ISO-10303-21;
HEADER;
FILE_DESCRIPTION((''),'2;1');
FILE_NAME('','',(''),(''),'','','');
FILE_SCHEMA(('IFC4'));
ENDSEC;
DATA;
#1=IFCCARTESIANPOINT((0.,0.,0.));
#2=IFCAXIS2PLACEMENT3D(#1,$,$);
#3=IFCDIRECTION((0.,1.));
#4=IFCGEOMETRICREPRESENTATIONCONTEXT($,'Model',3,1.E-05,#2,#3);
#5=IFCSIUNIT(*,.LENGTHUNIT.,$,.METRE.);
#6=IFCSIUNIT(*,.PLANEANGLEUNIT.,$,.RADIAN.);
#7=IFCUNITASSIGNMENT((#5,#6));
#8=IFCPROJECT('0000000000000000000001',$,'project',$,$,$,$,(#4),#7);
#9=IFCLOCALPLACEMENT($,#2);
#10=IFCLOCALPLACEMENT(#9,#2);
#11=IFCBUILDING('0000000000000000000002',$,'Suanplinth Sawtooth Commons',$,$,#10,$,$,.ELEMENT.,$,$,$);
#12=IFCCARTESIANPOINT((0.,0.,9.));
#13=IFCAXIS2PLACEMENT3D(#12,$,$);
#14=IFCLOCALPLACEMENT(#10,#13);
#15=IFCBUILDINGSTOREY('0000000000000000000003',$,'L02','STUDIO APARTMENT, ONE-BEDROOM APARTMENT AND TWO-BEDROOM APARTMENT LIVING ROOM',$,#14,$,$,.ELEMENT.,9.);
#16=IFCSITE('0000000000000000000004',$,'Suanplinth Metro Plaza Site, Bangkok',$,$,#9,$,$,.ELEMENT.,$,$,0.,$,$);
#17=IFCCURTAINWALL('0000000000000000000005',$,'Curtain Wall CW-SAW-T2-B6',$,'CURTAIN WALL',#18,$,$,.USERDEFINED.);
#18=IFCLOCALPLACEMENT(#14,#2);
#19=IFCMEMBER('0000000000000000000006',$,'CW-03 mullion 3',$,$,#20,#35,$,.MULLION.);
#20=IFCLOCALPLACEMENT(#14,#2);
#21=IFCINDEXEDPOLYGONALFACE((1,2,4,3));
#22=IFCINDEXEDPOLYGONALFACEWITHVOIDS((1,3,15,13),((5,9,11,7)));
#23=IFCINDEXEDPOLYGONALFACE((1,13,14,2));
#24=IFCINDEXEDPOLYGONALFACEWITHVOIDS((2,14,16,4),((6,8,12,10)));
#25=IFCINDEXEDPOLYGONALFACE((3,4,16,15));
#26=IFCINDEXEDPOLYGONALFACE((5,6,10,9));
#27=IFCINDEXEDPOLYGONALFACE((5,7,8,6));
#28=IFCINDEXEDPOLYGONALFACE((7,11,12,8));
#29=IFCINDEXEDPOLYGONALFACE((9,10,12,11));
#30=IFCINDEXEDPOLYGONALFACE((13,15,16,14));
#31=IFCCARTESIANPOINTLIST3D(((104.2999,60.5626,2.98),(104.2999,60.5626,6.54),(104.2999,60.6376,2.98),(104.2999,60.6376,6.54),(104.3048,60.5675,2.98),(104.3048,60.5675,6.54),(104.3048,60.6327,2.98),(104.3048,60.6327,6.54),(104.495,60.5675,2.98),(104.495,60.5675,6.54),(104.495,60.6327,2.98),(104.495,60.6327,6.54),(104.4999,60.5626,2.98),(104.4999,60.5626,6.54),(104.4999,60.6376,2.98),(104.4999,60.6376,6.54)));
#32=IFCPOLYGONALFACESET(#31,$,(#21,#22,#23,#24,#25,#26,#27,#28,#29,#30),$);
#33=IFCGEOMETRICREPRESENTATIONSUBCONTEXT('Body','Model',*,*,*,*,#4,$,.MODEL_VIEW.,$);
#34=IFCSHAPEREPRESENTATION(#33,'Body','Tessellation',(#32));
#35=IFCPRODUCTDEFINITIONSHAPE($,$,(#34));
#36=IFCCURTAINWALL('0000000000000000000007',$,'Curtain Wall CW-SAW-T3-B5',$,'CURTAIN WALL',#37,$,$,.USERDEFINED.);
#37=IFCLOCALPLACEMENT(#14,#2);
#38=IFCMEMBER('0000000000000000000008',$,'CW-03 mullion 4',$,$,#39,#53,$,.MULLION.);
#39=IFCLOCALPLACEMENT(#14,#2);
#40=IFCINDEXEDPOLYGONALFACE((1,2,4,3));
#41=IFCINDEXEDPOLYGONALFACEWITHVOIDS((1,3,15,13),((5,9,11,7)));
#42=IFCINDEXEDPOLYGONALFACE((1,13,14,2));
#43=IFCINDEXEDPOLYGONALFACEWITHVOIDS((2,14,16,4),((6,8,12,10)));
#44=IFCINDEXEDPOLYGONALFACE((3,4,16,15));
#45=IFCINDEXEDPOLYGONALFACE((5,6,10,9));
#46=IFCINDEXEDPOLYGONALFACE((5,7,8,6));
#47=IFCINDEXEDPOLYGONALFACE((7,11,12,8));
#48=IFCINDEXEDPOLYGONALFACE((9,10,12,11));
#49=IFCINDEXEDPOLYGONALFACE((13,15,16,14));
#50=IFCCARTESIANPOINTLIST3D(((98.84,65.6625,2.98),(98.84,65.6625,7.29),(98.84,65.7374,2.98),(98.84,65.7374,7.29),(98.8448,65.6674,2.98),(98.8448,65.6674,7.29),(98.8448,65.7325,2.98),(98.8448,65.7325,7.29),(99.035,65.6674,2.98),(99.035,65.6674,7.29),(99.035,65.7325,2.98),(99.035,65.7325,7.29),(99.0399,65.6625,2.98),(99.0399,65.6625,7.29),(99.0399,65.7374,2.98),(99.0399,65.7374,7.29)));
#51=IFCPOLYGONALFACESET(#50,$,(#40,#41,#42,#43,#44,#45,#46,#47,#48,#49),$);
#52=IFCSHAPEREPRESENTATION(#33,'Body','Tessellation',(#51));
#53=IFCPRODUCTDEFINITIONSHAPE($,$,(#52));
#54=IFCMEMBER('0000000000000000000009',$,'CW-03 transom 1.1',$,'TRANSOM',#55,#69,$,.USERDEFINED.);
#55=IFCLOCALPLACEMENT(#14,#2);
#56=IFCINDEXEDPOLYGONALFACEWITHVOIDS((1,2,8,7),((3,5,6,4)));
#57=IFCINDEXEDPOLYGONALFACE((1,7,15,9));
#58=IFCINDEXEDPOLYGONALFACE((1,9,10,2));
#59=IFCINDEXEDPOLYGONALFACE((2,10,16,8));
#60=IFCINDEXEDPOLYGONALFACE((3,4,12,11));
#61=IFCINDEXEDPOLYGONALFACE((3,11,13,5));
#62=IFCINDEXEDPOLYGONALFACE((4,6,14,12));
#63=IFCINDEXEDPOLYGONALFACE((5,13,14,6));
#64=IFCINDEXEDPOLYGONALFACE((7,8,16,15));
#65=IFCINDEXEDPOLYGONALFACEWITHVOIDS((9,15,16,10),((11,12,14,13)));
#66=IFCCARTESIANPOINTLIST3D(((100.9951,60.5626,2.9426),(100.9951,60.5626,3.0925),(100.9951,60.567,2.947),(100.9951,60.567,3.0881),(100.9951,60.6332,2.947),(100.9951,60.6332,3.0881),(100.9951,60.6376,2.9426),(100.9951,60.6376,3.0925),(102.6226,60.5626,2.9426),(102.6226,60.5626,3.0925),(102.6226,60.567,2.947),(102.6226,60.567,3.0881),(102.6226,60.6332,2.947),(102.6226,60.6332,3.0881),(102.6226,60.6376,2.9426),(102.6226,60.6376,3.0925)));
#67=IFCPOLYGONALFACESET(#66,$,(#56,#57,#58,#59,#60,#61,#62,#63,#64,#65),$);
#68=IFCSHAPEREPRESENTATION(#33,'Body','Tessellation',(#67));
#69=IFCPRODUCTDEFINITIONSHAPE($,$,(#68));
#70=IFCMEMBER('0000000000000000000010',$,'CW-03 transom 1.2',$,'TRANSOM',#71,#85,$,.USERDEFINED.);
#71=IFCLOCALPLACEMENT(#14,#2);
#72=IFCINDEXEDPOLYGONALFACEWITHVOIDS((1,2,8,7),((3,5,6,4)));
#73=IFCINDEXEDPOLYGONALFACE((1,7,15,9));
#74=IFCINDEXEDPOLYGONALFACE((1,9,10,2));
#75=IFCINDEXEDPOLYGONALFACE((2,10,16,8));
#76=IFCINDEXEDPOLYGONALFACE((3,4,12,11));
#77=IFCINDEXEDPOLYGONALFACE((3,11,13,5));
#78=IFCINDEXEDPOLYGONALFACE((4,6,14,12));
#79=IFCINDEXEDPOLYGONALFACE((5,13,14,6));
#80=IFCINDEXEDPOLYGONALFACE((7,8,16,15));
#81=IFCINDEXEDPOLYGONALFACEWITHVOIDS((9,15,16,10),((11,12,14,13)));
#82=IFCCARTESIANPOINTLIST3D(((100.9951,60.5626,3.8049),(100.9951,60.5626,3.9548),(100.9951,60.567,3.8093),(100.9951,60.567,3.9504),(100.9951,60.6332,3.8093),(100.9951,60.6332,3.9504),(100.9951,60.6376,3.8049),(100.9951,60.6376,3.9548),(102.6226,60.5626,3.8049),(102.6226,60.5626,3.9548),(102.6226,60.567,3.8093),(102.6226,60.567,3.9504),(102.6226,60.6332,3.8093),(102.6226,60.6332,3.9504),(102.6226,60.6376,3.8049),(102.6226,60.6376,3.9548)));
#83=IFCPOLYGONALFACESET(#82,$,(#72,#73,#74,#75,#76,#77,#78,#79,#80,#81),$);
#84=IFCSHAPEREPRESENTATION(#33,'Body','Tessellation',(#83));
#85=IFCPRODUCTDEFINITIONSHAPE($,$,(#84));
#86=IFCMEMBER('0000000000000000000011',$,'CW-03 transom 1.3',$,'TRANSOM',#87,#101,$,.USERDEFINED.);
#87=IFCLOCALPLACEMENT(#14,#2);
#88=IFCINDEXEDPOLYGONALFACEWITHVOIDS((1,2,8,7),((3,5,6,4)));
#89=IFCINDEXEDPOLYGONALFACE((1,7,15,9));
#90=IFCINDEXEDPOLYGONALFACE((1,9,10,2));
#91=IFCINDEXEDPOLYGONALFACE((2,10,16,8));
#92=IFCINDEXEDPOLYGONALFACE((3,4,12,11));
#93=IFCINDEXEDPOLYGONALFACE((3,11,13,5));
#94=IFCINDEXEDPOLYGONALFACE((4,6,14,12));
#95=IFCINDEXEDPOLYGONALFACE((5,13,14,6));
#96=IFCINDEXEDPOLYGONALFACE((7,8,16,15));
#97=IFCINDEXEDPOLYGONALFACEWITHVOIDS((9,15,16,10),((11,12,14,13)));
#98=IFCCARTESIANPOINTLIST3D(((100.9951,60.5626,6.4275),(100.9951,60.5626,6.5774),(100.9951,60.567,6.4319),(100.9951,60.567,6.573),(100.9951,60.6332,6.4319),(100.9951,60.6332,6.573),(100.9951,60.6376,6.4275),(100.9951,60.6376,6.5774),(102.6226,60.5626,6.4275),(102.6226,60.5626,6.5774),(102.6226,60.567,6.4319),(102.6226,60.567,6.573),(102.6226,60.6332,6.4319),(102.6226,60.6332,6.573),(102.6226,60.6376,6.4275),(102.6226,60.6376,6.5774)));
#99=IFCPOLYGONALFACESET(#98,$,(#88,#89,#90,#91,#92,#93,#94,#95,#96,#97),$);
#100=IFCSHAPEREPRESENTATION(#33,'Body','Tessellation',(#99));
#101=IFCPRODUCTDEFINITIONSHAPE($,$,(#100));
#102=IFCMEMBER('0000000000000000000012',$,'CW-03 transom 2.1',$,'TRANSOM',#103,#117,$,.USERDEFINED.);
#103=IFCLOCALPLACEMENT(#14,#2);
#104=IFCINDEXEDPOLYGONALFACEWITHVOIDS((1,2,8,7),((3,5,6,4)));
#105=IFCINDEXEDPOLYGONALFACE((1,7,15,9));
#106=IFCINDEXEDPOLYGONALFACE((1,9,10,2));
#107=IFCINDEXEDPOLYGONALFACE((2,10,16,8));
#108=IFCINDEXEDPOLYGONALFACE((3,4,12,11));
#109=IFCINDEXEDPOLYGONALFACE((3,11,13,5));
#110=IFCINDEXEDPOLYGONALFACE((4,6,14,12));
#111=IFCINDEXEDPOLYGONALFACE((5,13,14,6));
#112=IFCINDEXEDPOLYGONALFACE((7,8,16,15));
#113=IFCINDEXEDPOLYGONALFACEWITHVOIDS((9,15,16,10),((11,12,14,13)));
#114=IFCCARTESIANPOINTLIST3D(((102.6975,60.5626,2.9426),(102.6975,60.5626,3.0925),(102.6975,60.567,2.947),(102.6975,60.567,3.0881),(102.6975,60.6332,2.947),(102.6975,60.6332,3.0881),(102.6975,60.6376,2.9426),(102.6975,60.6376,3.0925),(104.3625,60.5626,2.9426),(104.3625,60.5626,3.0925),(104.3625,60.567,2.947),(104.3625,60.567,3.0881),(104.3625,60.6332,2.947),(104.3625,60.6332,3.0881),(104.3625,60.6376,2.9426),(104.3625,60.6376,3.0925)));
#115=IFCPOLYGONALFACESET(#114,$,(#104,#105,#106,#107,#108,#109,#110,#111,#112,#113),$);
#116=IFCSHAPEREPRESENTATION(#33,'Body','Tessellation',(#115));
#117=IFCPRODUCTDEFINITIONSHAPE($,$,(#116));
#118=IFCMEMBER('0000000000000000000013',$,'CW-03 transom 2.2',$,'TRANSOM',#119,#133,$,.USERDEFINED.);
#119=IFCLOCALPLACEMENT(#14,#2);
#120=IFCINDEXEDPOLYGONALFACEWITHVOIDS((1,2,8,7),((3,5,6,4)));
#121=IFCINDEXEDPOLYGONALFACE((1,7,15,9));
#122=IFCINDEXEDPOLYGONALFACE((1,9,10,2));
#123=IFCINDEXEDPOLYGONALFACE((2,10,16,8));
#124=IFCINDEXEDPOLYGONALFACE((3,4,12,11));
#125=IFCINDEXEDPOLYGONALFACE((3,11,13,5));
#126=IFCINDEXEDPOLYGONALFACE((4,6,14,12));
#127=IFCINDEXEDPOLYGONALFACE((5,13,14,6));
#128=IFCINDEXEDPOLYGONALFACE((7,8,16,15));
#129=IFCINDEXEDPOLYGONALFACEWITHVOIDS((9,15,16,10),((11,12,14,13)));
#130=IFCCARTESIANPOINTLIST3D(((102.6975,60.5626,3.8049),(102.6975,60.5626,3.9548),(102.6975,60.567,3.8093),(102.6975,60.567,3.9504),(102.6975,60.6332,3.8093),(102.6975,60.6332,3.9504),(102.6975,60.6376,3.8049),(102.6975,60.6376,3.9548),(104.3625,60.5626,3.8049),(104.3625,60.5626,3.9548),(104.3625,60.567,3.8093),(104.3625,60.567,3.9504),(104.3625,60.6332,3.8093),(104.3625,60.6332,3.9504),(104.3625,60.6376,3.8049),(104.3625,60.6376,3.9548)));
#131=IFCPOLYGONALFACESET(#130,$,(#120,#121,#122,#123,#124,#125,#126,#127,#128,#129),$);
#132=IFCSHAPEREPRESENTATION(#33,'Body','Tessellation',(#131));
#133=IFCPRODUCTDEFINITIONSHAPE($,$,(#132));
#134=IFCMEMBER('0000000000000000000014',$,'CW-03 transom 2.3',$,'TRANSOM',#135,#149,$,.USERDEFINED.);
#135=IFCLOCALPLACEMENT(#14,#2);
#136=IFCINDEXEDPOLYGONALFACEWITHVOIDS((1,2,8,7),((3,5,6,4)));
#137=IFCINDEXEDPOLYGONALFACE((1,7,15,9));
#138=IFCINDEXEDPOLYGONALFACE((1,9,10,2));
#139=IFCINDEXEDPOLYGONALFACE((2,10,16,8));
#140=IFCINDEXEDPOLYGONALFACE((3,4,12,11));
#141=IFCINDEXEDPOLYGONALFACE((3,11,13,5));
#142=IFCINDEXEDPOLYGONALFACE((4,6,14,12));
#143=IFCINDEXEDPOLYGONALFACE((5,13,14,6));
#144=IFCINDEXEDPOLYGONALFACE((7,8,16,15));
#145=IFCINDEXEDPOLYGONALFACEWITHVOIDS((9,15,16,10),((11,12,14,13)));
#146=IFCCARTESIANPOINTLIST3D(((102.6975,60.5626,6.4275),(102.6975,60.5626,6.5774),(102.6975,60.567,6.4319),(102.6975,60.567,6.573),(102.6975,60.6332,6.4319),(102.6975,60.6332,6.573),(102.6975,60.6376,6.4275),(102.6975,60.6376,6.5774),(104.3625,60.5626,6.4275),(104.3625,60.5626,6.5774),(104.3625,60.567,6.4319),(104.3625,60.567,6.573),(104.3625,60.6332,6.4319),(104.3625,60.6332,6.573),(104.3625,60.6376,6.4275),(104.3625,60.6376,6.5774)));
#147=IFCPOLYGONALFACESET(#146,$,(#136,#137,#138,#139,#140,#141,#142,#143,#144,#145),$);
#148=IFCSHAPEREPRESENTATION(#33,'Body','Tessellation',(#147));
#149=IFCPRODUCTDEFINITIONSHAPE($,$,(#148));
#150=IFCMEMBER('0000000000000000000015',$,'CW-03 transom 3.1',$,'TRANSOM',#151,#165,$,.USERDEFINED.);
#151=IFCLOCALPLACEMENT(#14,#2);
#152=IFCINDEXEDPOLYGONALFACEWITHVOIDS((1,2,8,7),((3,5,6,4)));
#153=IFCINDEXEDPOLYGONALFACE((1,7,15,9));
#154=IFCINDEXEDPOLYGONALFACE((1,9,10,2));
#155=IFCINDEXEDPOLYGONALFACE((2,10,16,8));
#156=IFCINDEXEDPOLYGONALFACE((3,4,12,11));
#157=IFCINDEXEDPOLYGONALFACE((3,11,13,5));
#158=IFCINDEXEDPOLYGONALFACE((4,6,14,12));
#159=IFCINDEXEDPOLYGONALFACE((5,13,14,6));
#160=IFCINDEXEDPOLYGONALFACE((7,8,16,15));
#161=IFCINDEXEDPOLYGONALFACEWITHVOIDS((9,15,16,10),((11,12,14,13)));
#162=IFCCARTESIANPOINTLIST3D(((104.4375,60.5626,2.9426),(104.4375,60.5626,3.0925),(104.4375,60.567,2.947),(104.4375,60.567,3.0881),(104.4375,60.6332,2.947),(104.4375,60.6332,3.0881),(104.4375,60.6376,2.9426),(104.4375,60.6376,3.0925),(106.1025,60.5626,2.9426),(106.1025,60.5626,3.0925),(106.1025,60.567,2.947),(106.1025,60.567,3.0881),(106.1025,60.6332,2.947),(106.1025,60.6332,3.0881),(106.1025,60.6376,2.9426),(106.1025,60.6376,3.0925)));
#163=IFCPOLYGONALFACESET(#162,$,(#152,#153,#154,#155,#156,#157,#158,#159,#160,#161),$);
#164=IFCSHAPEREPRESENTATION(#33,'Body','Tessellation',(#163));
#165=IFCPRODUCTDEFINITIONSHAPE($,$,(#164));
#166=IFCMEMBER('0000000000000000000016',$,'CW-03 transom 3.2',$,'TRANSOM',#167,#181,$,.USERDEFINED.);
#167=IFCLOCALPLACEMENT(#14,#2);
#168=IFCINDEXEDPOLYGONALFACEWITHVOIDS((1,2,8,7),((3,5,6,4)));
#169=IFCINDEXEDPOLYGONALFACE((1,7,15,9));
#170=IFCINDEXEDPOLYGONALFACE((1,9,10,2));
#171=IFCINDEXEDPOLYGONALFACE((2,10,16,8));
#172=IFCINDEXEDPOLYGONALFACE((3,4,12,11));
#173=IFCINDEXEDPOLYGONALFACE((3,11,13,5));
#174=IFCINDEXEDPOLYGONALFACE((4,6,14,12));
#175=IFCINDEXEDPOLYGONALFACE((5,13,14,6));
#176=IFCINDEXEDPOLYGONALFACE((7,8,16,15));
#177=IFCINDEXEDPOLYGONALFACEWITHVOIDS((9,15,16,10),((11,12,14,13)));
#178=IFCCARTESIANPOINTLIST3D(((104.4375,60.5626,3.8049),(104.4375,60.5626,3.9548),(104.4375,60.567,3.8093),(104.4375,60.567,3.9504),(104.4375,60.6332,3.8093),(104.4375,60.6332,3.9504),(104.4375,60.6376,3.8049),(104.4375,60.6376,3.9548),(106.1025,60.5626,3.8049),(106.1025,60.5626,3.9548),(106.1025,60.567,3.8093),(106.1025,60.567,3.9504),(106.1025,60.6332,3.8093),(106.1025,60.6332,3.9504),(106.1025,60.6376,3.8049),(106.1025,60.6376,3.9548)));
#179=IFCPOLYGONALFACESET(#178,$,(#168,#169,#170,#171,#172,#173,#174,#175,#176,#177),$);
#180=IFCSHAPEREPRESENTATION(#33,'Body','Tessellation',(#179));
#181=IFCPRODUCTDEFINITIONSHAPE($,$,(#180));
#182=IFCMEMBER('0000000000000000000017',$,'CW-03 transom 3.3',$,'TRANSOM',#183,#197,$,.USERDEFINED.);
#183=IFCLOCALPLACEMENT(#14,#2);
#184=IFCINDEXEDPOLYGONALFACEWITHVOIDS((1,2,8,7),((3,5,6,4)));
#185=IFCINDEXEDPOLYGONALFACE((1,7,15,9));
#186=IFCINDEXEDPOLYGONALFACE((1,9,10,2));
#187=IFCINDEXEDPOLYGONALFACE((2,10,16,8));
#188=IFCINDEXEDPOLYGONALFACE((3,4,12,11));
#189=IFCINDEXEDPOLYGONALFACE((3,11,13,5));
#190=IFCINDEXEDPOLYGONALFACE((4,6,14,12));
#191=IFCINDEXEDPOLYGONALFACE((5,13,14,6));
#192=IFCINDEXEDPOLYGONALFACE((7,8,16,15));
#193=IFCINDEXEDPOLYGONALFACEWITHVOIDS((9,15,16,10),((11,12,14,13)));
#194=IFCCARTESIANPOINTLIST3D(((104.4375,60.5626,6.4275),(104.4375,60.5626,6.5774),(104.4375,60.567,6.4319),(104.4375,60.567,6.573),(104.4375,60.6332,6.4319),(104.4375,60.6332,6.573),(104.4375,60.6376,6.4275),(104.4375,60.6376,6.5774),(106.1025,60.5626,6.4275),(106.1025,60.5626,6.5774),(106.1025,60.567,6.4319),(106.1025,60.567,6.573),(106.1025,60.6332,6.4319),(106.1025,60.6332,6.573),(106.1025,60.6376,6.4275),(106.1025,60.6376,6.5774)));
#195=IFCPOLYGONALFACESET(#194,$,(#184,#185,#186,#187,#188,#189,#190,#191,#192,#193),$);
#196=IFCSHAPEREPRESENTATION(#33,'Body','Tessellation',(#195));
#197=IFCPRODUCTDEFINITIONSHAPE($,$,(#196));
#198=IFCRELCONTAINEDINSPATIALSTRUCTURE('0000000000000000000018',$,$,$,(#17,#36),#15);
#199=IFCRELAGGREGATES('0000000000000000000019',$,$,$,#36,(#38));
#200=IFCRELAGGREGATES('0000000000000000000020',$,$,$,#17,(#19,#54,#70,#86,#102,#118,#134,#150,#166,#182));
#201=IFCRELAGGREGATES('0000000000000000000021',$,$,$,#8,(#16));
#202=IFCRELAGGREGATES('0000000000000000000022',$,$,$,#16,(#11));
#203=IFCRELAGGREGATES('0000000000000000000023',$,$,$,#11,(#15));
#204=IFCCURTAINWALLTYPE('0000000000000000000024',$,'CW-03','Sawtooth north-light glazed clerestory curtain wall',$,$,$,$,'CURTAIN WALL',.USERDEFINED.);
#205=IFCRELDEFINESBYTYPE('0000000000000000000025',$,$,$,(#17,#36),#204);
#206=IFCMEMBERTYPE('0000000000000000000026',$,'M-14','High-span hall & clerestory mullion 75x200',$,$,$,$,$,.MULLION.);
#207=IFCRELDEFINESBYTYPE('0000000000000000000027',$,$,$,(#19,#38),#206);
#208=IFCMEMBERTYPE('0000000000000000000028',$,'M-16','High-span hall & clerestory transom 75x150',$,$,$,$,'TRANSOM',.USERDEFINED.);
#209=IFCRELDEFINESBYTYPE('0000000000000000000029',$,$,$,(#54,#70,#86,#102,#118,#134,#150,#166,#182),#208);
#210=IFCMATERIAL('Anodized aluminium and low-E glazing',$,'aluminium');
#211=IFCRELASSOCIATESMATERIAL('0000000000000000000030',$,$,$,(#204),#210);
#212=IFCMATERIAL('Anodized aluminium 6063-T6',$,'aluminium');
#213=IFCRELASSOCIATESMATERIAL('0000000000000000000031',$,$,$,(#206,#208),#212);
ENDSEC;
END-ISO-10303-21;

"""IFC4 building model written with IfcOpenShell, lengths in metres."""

from ifc_helpers import new_model, si_unit, direction, frame, origin, origin_2d, place, context, subcontext, project, spatial, hollow_rectangle, extrude, material, material_profile, profile_set, type_object, element, aggregate, save


model = new_model("IFC4")

# Units and contexts
model_context = context("Model", 3, precision=1e-05, world=origin(), true_north=direction((0.0, 1.0)))
body_context = subcontext(model_context, "Body", "Model", "MODEL_VIEW")
ifc_project = project(units=[si_unit("LENGTHUNIT", "METRE"), si_unit("PLANEANGLEUNIT", "RADIAN")], contexts=[model_context])

# Site, building, storey
site_placement = place(None, origin())
site = spatial("IfcSite", under=ifc_project, at=site_placement, Name="Suanplinth Metro Plaza Site, Bangkok", CompositionType="ELEMENT", RefElevation=0.0)
building_placement = place(site_placement, origin())
building = spatial("IfcBuilding", under=site, at=building_placement, Name="Suanplinth Sawtooth Commons", CompositionType="ELEMENT")
storey_placement = place(building_placement, frame((0.0, 0.0, 9.0)))
storey = spatial("IfcBuildingStorey", under=building, at=storey_placement, Name="L02", Description="STUDIO APARTMENT, ONE-BEDROOM APARTMENT AND TWO-BEDROOM APARTMENT LIVING ROOM", CompositionType="ELEMENT", Elevation=9.0)

# Curtain wall, member
ifc_material_1 = material(Name="Anodized aluminium and low-E glazing", Category="aluminium")
curtain_wall_type = type_object("IfcCurtainWallType", Name="CW-03", Description="Sawtooth north-light glazed clerestory curtain wall", ElementType="CURTAIN WALL", PredefinedType="USERDEFINED", material=ifc_material_1)
curtain_wall_1_placement = place(storey_placement, origin())
curtain_wall_1 = element("IfcCurtainWall", 1, at=curtain_wall_1_placement, inside=storey, type_object=curtain_wall_type, Name="Curtain Wall CW-SAW-T2-B6", ObjectType="CURTAIN WALL", PredefinedType="USERDEFINED")
ifc_material_2 = material(Name="Anodized aluminium 6063-T6", Category="aluminium")
ifc_material_profile_1 = material_profile(ifc_material_2, hollow_rectangle(XDim=0.075, YDim=0.2, WallThickness=0.0049, at=origin_2d()), Name="ALU-MUL 75x200")
ifc_profile_set_1 = profile_set([ifc_material_profile_1], Name="Anodized aluminium 6063-T6")
member_type_1 = type_object("IfcMemberType", Name="M-14", Description="High-span hall & clerestory mullion 75x200", PredefinedType="MULLION", material=ifc_profile_set_1)
member_1_placement = place(storey_placement, frame((104.3999, 60.6001, 2.98), z_axis=(0.0, 0.0, 1.0), x_axis=(0.0, 1.0, 0.0)))
member_1 = element("IfcMember", 2, at=member_1_placement, type_object=member_type_1, Name="CW-03 mullion 3", PredefinedType="MULLION", context=body_context, shape_type="SweptSolid", body=[
    extrude(hollow_rectangle(XDim=0.075, YDim=0.2, WallThickness=0.0049, at=origin_2d()), origin(), (0.0, 0.0, 1.0), 3.5601),
])

# Curtain wall, member
curtain_wall_2_placement = place(storey_placement, origin())
curtain_wall_2 = element("IfcCurtainWall", 3, at=curtain_wall_2_placement, inside=storey, type_object=curtain_wall_type, Name="Curtain Wall CW-SAW-T3-B5", ObjectType="CURTAIN WALL", PredefinedType="USERDEFINED")
member_2_placement = place(storey_placement, frame((98.9399, 65.7, 2.98), z_axis=(0.0, 0.0, 1.0), x_axis=(0.0, 1.0, 0.0)))
member_2 = element("IfcMember", 4, at=member_2_placement, type_object=member_type_1, Name="CW-03 mullion 4", PredefinedType="MULLION", context=body_context, shape_type="SweptSolid", body=[
    extrude(hollow_rectangle(XDim=0.075, YDim=0.2, WallThickness=0.0049, at=origin_2d()), origin(), (0.0, 0.0, 1.0), 4.3101),
])

# Members
ifc_material_profile_2 = material_profile(ifc_material_2, hollow_rectangle(XDim=0.075, YDim=0.1499, WallThickness=0.0044, at=origin_2d()), Name="ALU-TRN 75x150")
ifc_profile_set_2 = profile_set([ifc_material_profile_2], Name="Anodized aluminium 6063-T6")
member_type_2 = type_object("IfcMemberType", Name="M-16", Description="High-span hall & clerestory transom 75x150", ElementType="TRANSOM", PredefinedType="USERDEFINED", material=ifc_profile_set_2)
member_3_placement = place(storey_placement, frame((100.9951, 60.6001, 3.0176), z_axis=(1.0, 0.0, 0.0), x_axis=(0.0, 1.0, 0.0)))
member_3 = element("IfcMember", 5, at=member_3_placement, type_object=member_type_2, Name="CW-03 transom 1.1", ObjectType="TRANSOM", PredefinedType="USERDEFINED", context=body_context, shape_type="SweptSolid", body=[
    extrude(hollow_rectangle(XDim=0.075, YDim=0.1499, WallThickness=0.0044, at=origin_2d()), origin(), (0.0, 0.0, 1.0), 1.6274),
])
member_4_placement = place(storey_placement, frame((100.9951, 60.6001, 3.8799), z_axis=(1.0, 0.0, 0.0), x_axis=(0.0, 1.0, 0.0)))
member_4 = element("IfcMember", 6, at=member_4_placement, type_object=member_type_2, Name="CW-03 transom 1.2", ObjectType="TRANSOM", PredefinedType="USERDEFINED", context=body_context, shape_type="SweptSolid", body=[
    extrude(hollow_rectangle(XDim=0.075, YDim=0.1499, WallThickness=0.0044, at=origin_2d()), origin(), (0.0, 0.0, 1.0), 1.6274),
])
member_5_placement = place(storey_placement, frame((100.9951, 60.6001, 6.5024), z_axis=(1.0, 0.0, 0.0), x_axis=(0.0, 1.0, 0.0)))
member_5 = element("IfcMember", 7, at=member_5_placement, type_object=member_type_2, Name="CW-03 transom 1.3", ObjectType="TRANSOM", PredefinedType="USERDEFINED", context=body_context, shape_type="SweptSolid", body=[
    extrude(hollow_rectangle(XDim=0.075, YDim=0.1499, WallThickness=0.0044, at=origin_2d()), origin(), (0.0, 0.0, 1.0), 1.6274),
])
member_6_placement = place(storey_placement, frame((102.6975, 60.6001, 3.0176), z_axis=(1.0, 0.0, 0.0), x_axis=(0.0, 1.0, 0.0)))
member_6 = element("IfcMember", 8, at=member_6_placement, type_object=member_type_2, Name="CW-03 transom 2.1", ObjectType="TRANSOM", PredefinedType="USERDEFINED", context=body_context, shape_type="SweptSolid", body=[
    extrude(hollow_rectangle(XDim=0.075, YDim=0.1499, WallThickness=0.0044, at=origin_2d()), origin(), (0.0, 0.0, 1.0), 1.665),
])
member_7_placement = place(storey_placement, frame((102.6975, 60.6001, 3.8799), z_axis=(1.0, 0.0, 0.0), x_axis=(0.0, 1.0, 0.0)))
member_7 = element("IfcMember", 9, at=member_7_placement, type_object=member_type_2, Name="CW-03 transom 2.2", ObjectType="TRANSOM", PredefinedType="USERDEFINED", context=body_context, shape_type="SweptSolid", body=[
    extrude(hollow_rectangle(XDim=0.075, YDim=0.1499, WallThickness=0.0044, at=origin_2d()), origin(), (0.0, 0.0, 1.0), 1.665),
])
member_8_placement = place(storey_placement, frame((102.6975, 60.6001, 6.5024), z_axis=(1.0, 0.0, 0.0), x_axis=(0.0, 1.0, 0.0)))
member_8 = element("IfcMember", 10, at=member_8_placement, type_object=member_type_2, Name="CW-03 transom 2.3", ObjectType="TRANSOM", PredefinedType="USERDEFINED", context=body_context, shape_type="SweptSolid", body=[
    extrude(hollow_rectangle(XDim=0.075, YDim=0.1499, WallThickness=0.0044, at=origin_2d()), origin(), (0.0, 0.0, 1.0), 1.665),
])
member_9_placement = place(storey_placement, frame((104.4375, 60.6001, 3.0176), z_axis=(1.0, 0.0, 0.0), x_axis=(0.0, 1.0, 0.0)))
member_9 = element("IfcMember", 11, at=member_9_placement, type_object=member_type_2, Name="CW-03 transom 3.1", ObjectType="TRANSOM", PredefinedType="USERDEFINED", context=body_context, shape_type="SweptSolid", body=[
    extrude(hollow_rectangle(XDim=0.075, YDim=0.1499, WallThickness=0.0044, at=origin_2d()), origin(), (0.0, 0.0, 1.0), 1.665),
])
member_10_placement = place(storey_placement, frame((104.4375, 60.6001, 3.8799), z_axis=(1.0, 0.0, 0.0), x_axis=(0.0, 1.0, 0.0)))
member_10 = element("IfcMember", 12, at=member_10_placement, type_object=member_type_2, Name="CW-03 transom 3.2", ObjectType="TRANSOM", PredefinedType="USERDEFINED", context=body_context, shape_type="SweptSolid", body=[
    extrude(hollow_rectangle(XDim=0.075, YDim=0.1499, WallThickness=0.0044, at=origin_2d()), origin(), (0.0, 0.0, 1.0), 1.665),
])
member_11_placement = place(storey_placement, frame((104.4375, 60.6001, 6.5024), z_axis=(1.0, 0.0, 0.0), x_axis=(0.0, 1.0, 0.0)))
member_11 = element("IfcMember", 13, at=member_11_placement, type_object=member_type_2, Name="CW-03 transom 3.3", ObjectType="TRANSOM", PredefinedType="USERDEFINED", context=body_context, shape_type="SweptSolid", body=[
    extrude(hollow_rectangle(XDim=0.075, YDim=0.1499, WallThickness=0.0044, at=origin_2d()), origin(), (0.0, 0.0, 1.0), 1.665),
])

aggregate(curtain_wall_2, [member_2])
aggregate(curtain_wall_1, [member_1, member_3, member_4, member_5, member_6, member_7, member_8, member_9, member_10, member_11])

save(model, "model.ifc")
